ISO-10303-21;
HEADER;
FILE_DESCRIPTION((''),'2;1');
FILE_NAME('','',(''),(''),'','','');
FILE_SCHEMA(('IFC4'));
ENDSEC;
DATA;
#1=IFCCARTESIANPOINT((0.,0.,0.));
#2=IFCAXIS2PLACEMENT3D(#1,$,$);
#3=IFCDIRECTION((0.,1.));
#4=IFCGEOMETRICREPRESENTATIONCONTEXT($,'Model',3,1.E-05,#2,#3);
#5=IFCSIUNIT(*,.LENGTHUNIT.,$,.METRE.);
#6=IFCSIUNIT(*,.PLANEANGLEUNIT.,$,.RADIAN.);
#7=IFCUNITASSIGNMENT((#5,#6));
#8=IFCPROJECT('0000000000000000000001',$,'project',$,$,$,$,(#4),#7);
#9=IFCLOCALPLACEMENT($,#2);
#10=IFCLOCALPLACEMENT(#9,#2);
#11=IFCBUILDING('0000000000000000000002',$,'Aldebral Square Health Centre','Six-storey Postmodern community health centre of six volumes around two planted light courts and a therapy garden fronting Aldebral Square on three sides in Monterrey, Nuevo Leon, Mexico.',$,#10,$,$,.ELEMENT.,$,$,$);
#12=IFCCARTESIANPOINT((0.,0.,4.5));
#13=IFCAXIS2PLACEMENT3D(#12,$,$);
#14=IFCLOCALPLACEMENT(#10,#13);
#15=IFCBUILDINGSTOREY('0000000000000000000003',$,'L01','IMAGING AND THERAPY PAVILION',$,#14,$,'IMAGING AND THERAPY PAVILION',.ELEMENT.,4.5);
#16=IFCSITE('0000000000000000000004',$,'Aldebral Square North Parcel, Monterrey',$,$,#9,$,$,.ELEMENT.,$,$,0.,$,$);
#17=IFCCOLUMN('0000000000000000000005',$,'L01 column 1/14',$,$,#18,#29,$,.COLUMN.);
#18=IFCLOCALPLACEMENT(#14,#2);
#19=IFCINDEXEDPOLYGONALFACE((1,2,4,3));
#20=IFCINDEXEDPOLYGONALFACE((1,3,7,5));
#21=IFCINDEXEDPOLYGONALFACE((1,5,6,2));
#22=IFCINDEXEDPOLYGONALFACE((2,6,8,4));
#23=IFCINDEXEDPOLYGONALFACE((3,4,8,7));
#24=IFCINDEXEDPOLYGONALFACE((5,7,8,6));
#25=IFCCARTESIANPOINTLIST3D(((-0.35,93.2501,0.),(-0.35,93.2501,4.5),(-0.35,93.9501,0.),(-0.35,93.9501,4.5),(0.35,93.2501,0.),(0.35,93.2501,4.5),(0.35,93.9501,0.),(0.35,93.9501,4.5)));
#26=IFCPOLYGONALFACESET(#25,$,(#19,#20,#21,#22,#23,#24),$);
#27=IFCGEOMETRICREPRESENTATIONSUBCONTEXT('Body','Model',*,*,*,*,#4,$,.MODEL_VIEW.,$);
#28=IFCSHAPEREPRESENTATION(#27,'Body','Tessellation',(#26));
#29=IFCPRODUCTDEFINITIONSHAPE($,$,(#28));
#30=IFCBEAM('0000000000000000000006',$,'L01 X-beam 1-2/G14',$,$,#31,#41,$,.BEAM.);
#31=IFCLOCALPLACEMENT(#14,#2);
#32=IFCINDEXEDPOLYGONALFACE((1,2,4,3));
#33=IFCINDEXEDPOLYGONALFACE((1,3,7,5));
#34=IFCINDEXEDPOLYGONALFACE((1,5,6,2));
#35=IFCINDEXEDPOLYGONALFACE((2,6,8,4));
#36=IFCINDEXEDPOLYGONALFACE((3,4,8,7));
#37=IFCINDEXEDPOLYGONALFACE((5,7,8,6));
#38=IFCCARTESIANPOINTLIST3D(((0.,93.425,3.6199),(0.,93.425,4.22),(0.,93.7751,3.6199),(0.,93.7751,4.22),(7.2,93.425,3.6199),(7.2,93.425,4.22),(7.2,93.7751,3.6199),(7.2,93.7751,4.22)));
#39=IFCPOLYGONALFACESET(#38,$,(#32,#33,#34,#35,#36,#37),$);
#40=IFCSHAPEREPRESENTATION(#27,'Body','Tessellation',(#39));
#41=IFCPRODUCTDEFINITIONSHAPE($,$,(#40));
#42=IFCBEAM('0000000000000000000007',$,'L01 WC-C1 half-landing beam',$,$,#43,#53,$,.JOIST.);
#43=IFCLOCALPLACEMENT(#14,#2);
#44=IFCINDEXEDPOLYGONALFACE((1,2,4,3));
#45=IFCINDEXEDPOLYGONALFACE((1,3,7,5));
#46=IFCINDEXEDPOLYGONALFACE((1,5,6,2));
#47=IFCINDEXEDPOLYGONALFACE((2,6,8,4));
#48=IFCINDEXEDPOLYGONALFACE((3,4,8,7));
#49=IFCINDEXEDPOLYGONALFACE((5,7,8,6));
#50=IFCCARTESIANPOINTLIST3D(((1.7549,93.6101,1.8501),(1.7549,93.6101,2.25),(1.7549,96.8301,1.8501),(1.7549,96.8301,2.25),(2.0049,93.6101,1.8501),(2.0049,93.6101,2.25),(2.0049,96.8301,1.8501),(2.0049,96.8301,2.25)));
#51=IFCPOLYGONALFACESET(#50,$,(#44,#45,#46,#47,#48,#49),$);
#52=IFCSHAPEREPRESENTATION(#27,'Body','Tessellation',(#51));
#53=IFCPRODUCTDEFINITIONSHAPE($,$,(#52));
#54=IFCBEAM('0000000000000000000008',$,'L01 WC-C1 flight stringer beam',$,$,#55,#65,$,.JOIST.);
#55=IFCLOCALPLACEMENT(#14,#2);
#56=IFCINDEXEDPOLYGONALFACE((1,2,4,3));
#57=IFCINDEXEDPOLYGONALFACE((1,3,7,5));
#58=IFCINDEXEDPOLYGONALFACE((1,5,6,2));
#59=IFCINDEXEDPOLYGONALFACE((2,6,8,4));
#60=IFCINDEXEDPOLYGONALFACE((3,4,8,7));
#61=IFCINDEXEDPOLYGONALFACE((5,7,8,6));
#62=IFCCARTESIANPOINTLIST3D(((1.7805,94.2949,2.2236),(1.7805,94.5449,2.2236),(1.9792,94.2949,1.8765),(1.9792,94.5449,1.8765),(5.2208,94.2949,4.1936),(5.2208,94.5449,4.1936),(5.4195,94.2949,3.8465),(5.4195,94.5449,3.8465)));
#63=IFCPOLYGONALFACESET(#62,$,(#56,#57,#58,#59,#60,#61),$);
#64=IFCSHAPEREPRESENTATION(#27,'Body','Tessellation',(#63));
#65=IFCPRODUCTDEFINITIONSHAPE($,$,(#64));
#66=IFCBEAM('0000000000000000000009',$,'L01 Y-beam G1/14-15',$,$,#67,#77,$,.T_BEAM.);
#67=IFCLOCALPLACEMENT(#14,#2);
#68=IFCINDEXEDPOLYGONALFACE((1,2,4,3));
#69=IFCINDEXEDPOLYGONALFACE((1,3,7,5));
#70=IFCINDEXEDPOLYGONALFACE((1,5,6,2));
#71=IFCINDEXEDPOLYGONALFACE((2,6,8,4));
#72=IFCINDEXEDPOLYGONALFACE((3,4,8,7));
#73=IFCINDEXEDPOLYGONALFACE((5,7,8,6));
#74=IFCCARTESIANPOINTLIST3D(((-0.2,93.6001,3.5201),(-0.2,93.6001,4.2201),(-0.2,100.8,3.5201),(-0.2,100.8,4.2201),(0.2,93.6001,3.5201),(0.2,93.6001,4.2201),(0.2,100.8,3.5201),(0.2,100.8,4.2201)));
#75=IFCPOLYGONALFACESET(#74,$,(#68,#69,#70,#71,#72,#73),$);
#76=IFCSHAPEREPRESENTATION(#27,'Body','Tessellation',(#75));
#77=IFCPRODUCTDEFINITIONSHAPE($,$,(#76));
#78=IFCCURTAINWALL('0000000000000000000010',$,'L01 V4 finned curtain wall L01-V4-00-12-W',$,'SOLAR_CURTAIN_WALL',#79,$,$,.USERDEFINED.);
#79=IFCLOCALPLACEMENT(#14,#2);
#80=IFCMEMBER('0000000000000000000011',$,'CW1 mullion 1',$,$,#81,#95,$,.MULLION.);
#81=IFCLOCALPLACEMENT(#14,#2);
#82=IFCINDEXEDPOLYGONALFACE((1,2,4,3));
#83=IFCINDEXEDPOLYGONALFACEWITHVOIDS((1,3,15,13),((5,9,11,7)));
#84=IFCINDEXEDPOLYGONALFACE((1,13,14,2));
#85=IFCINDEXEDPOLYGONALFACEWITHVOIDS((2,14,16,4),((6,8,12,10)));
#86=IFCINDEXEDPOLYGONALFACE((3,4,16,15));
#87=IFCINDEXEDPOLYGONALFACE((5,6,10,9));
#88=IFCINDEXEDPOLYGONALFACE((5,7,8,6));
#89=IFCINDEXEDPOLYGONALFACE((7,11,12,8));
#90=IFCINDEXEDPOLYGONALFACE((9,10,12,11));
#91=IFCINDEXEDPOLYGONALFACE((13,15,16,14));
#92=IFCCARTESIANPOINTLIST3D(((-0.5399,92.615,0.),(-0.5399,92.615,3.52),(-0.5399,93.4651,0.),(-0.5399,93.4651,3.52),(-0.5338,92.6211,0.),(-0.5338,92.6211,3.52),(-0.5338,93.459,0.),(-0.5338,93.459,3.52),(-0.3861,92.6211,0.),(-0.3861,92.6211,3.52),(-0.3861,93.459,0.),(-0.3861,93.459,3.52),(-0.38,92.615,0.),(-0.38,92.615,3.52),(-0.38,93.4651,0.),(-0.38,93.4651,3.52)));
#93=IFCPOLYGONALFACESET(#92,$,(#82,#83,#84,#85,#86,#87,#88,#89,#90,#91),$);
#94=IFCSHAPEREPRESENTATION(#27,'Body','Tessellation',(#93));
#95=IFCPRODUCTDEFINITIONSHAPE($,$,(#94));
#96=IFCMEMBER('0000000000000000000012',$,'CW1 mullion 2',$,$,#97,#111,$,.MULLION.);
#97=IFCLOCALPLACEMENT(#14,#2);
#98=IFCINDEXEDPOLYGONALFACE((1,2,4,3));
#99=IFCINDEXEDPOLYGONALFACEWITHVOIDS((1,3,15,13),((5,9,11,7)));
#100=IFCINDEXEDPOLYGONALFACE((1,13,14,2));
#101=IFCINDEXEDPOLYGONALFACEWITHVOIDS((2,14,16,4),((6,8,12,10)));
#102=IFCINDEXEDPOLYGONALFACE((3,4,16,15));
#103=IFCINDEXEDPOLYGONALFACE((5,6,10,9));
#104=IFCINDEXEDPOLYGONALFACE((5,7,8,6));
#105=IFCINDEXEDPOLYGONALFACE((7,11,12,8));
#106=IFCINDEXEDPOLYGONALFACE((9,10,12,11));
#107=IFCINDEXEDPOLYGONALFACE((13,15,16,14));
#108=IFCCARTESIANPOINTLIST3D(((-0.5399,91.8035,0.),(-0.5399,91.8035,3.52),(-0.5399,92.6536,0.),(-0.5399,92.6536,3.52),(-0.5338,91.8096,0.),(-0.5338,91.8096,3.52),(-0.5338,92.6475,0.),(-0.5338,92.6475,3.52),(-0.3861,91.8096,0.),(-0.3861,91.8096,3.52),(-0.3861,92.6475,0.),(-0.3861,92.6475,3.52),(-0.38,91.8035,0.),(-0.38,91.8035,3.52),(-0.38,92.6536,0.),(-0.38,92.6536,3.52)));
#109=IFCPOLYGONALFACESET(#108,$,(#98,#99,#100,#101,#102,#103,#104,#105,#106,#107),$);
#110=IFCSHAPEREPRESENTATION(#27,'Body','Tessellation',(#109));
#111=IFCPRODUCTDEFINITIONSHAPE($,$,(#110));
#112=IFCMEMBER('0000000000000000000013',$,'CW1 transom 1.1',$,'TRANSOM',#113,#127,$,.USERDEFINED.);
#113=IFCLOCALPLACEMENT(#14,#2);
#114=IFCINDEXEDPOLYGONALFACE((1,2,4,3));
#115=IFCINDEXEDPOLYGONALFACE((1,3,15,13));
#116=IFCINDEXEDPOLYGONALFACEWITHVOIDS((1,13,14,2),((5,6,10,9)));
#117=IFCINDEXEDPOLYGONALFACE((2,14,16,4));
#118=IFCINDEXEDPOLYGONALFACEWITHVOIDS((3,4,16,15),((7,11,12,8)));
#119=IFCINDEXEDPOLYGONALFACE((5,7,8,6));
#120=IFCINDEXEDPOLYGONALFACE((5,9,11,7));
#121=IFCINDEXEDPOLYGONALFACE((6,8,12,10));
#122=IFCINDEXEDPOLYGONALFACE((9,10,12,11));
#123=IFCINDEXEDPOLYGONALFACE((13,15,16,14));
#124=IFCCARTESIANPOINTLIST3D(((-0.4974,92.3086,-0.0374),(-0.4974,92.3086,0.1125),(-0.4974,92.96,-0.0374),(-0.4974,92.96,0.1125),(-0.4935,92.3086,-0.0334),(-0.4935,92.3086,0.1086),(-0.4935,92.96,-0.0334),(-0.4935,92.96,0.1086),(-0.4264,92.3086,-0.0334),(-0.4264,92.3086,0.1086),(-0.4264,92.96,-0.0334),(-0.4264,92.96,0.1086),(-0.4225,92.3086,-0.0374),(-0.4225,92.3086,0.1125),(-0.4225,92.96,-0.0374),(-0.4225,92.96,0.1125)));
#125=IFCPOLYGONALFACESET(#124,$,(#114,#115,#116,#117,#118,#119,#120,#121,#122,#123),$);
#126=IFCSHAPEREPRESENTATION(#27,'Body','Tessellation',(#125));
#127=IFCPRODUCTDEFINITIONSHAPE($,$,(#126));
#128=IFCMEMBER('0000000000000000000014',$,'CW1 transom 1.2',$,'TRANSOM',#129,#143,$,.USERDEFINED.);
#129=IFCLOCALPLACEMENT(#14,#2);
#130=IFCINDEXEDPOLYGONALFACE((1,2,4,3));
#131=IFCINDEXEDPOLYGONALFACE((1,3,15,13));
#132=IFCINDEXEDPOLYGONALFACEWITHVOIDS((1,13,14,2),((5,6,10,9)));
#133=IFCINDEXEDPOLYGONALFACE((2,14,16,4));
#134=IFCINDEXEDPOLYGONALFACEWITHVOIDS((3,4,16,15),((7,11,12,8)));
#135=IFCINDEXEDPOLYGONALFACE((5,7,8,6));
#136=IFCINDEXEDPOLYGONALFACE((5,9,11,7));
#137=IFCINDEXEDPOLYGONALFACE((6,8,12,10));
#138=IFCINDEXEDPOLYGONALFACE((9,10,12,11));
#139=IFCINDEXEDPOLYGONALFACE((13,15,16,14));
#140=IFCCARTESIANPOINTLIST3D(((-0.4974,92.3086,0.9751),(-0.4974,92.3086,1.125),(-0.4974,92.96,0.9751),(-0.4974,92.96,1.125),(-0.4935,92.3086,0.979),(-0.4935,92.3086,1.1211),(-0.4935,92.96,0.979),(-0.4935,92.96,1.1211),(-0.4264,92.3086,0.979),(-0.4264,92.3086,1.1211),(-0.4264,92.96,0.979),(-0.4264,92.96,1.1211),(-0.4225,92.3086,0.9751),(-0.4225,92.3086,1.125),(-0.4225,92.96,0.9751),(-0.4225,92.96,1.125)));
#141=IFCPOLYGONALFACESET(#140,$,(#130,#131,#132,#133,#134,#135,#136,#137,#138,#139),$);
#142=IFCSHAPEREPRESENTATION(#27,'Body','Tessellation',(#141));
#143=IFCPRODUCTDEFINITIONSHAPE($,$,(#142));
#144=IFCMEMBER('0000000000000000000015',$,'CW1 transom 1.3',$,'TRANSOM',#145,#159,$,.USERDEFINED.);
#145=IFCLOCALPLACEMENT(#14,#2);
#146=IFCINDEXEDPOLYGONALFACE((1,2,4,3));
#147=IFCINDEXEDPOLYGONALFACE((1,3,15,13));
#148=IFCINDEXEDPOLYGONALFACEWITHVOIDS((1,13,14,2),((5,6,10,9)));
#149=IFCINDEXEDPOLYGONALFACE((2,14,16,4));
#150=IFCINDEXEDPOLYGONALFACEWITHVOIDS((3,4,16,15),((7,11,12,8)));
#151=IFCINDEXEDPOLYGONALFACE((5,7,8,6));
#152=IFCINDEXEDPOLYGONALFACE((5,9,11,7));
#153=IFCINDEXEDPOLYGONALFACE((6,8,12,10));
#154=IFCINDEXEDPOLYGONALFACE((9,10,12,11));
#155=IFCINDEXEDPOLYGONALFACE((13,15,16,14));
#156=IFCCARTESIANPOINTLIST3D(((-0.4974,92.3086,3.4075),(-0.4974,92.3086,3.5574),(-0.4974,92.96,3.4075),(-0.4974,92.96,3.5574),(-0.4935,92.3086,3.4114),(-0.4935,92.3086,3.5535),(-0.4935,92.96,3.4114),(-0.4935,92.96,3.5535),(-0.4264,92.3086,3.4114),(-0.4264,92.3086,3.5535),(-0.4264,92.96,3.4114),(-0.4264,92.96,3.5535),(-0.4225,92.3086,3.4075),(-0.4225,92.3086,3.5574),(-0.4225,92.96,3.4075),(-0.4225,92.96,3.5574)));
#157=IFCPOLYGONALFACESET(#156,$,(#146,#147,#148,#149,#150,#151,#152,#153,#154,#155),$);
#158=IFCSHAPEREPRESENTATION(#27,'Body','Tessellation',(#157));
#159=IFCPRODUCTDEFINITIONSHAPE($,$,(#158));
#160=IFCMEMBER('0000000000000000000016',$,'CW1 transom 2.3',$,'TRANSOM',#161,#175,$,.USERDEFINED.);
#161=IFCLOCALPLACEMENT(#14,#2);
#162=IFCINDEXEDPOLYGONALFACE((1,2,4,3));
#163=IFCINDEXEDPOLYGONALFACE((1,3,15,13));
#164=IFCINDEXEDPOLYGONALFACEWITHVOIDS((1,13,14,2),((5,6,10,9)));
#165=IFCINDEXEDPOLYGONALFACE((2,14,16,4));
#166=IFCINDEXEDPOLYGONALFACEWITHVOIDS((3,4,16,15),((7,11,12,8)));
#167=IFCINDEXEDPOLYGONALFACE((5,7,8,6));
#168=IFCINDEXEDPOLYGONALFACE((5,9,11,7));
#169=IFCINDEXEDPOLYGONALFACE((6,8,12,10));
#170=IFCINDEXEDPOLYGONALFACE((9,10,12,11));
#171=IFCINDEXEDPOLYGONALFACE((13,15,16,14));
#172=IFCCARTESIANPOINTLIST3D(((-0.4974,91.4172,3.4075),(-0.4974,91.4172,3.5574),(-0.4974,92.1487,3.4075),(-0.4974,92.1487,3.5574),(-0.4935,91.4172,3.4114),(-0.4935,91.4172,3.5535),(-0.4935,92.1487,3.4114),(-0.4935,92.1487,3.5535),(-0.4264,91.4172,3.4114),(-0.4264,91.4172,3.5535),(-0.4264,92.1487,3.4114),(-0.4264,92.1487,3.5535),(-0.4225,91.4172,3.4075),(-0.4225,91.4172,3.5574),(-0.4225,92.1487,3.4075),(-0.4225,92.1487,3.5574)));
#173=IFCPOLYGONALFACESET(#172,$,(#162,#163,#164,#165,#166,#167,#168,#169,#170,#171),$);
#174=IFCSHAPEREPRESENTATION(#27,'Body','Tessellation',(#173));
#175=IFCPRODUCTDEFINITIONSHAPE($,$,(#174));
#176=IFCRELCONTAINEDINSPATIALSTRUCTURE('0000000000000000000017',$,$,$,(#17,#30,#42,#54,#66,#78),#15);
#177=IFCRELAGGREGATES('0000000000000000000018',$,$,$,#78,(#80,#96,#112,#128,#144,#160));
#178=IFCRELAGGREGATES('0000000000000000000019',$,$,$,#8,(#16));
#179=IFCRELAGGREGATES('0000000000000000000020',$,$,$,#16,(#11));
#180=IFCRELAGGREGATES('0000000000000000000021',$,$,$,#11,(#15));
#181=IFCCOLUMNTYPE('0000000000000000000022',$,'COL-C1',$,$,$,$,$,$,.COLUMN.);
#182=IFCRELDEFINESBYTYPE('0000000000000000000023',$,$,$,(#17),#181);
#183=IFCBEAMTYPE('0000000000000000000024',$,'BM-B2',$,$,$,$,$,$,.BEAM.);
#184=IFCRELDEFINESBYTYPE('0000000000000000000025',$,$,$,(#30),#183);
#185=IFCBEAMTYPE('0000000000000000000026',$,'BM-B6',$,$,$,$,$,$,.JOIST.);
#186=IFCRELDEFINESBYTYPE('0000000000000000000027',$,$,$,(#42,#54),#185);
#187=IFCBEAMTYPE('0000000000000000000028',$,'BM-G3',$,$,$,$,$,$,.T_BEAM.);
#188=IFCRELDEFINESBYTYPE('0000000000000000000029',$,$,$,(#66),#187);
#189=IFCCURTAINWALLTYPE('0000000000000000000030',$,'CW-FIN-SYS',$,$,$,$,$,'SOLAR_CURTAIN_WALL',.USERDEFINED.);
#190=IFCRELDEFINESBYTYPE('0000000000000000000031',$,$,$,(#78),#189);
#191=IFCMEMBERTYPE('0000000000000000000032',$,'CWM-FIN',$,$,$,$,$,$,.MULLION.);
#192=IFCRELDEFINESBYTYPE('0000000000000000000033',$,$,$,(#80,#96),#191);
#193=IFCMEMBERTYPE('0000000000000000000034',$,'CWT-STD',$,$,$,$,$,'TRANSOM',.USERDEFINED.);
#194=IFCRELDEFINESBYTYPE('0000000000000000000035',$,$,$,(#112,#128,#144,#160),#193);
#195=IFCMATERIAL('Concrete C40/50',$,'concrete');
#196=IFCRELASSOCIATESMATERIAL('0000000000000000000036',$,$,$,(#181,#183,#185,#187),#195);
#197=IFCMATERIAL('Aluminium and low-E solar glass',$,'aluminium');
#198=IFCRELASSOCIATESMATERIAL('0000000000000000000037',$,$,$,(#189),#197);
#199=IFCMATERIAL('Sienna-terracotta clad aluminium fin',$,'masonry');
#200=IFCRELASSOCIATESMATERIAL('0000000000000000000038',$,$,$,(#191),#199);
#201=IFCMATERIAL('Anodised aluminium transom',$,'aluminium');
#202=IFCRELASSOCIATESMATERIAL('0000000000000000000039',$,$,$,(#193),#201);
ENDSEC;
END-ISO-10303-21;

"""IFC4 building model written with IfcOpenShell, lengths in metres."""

from ifc_helpers import new_model, si_unit, direction, frame, origin, origin_2d, place, context, subcontext, project, spatial, rectangle, hollow_rectangle, extrude, material, material_profile, profile_set, type_object, element, aggregate, save


model = new_model("IFC4")

# Units and contexts
model_context = context("Model", 3, precision=1e-05, world=origin(), true_north=direction((0.0, 1.0)))
body_context = subcontext(model_context, "Body", "Model", "MODEL_VIEW")
ifc_project = project(units=[si_unit("LENGTHUNIT", "METRE"), si_unit("PLANEANGLEUNIT", "RADIAN")], contexts=[model_context])

# Site, building, storey
site_placement = place(None, origin())
site = spatial("IfcSite", under=ifc_project, at=site_placement, Name="Aldebral Square North Parcel, Monterrey", CompositionType="ELEMENT", RefElevation=0.0)
building_placement = place(site_placement, origin())
building = spatial("IfcBuilding", under=site, at=building_placement, Name="Aldebral Square Health Centre", Description="Six-storey Postmodern community health centre of six volumes around two planted light courts and a therapy garden fronting Aldebral Square on three sides in Monterrey, Nuevo Leon, Mexico.", CompositionType="ELEMENT")
storey_placement = place(building_placement, frame((0.0, 0.0, 4.5)))
storey = spatial("IfcBuildingStorey", under=building, at=storey_placement, Name="L01", Description="IMAGING AND THERAPY PAVILION", LongName="IMAGING AND THERAPY PAVILION", CompositionType="ELEMENT", Elevation=4.5)

# Column
ifc_material_1 = material(Name="Concrete C40/50", Category="concrete")
ifc_material_profile_1 = material_profile(ifc_material_1, rectangle(XDim=0.7, YDim=0.7, at=origin_2d()), Name="RC 700x700")
ifc_profile_set_1 = profile_set([ifc_material_profile_1], Name="Concrete C40/50")
column_type = type_object("IfcColumnType", Name="COL-C1", PredefinedType="COLUMN", material=ifc_profile_set_1)
column_placement = place(storey_placement, frame((0.0, 93.6001, 0.0), z_axis=(0.0, 0.0, 1.0), x_axis=(1.0, 0.0, 0.0)))
element("IfcColumn", 1, at=column_placement, inside=storey, type_object=column_type, Name="L01 column 1/14", PredefinedType="COLUMN", context=body_context, shape_type="SweptSolid", body=[
    extrude(rectangle(XDim=0.7, YDim=0.7, at=origin_2d()), origin(), (0.0, 0.0, 1.0), 4.5),
])

# Beams
ifc_material_profile_2 = material_profile(ifc_material_1, rectangle(XDim=0.3501, YDim=0.6001, at=origin_2d()), Name="RC 350x600")
ifc_profile_set_2 = profile_set([ifc_material_profile_2], Name="Concrete C40/50")
beam_type_1 = type_object("IfcBeamType", Name="BM-B2", PredefinedType="BEAM", material=ifc_profile_set_2)
beam_1_placement = place(storey_placement, frame((0.0, 93.6001, 3.9199), z_axis=(1.0, 0.0, 0.0), x_axis=(0.0, 1.0, 0.0)))
element("IfcBeam", 2, at=beam_1_placement, inside=storey, type_object=beam_type_1, Name="L01 X-beam 1-2/G14", PredefinedType="BEAM", context=body_context, shape_type="SweptSolid", body=[
    extrude(rectangle(XDim=0.3501, YDim=0.6001, at=origin_2d()), origin(), (0.0, 0.0, 1.0), 7.2),
])
ifc_material_profile_3 = material_profile(ifc_material_1, rectangle(XDim=0.25, YDim=0.3999, at=origin_2d()), Name="RC 250x400")
ifc_profile_set_3 = profile_set([ifc_material_profile_3], Name="Concrete C40/50")
beam_type_2 = type_object("IfcBeamType", Name="BM-B6", PredefinedType="JOIST", material=ifc_profile_set_3)
beam_2_placement = place(storey_placement, frame((1.8799, 93.6101, 2.05), z_axis=(0.0, 1.0, 0.0), x_axis=(-1.0, 0.0, 0.0)))
element("IfcBeam", 3, at=beam_2_placement, inside=storey, type_object=beam_type_2, Name="L01 WC-C1 half-landing beam", PredefinedType="JOIST", context=body_context, shape_type="SweptSolid", body=[
    extrude(rectangle(XDim=0.25, YDim=0.3999, at=origin_2d()), origin(), (0.0, 0.0, 1.0), 3.22),
])
beam_3_placement = place(storey_placement, frame((1.8799, 94.4199, 2.05), z_axis=(0.867792, 0.0, 0.496928), x_axis=(0.0, 1.0, 0.0)))
element("IfcBeam", 4, at=beam_3_placement, inside=storey, type_object=beam_type_2, Name="L01 WC-C1 flight stringer beam", PredefinedType="JOIST", context=body_context, shape_type="SweptSolid", body=[
    extrude(rectangle(XDim=0.25, YDim=0.3999, at=origin_2d()), origin(), (0.0, 0.0, 1.0), 3.9644),
])
ifc_material_profile_4 = material_profile(ifc_material_1, rectangle(XDim=0.3999, YDim=0.7, at=origin_2d()), Name="RC 400x700")
ifc_profile_set_4 = profile_set([ifc_material_profile_4], Name="Concrete C40/50")
beam_type_3 = type_object("IfcBeamType", Name="BM-G3", PredefinedType="T_BEAM", material=ifc_profile_set_4)
beam_4_placement = place(storey_placement, frame((0.0, 93.6001, 3.8701), z_axis=(0.0, 1.0, 0.0), x_axis=(-1.0, 0.0, 0.0)))
element("IfcBeam", 5, at=beam_4_placement, inside=storey, type_object=beam_type_3, Name="L01 Y-beam G1/14-15", PredefinedType="T_BEAM", context=body_context, shape_type="SweptSolid", body=[
    extrude(rectangle(XDim=0.3999, YDim=0.7, at=origin_2d()), origin(), (0.0, 0.0, 1.0), 7.2),
])

# Curtain wall, members
ifc_material_2 = material(Name="Aluminium and low-E solar glass", Category="aluminium")
curtain_wall_type = type_object("IfcCurtainWallType", Name="CW-FIN-SYS", ElementType="SOLAR_CURTAIN_WALL", PredefinedType="USERDEFINED", material=ifc_material_2)
curtain_wall_placement = place(storey_placement, origin())
curtain_wall = element("IfcCurtainWall", 6, at=curtain_wall_placement, inside=storey, type_object=curtain_wall_type, Name="L01 V4 finned curtain wall L01-V4-00-12-W", ObjectType="SOLAR_CURTAIN_WALL", PredefinedType="USERDEFINED")
ifc_material_3 = material(Name="Sienna-terracotta clad aluminium fin", Category="masonry")
ifc_material_profile_5 = material_profile(ifc_material_3, hollow_rectangle(XDim=0.1599, YDim=0.8501, WallThickness=0.0061, at=origin_2d()), Name="FIN 160x850x6")
ifc_profile_set_5 = profile_set([ifc_material_profile_5], Name="Sienna-terracotta clad aluminium fin")
member_type_1 = type_object("IfcMemberType", Name="CWM-FIN", PredefinedType="MULLION", material=ifc_profile_set_5)
member_1_placement = place(storey_placement, frame((-0.46, 93.04, 0.0), z_axis=(0.0, 0.0, 1.0), x_axis=(1.0, 0.0, 0.0)))
member_1 = element("IfcMember", 7, at=member_1_placement, type_object=member_type_1, Name="CW1 mullion 1", PredefinedType="MULLION", context=body_context, shape_type="SweptSolid", body=[
    extrude(hollow_rectangle(XDim=0.1599, YDim=0.8501, WallThickness=0.0061, at=origin_2d()), origin(), (0.0, 0.0, 1.0), 3.52),
])
member_2_placement = place(storey_placement, frame((-0.46, 92.2285, 0.0), z_axis=(0.0, 0.0, 1.0), x_axis=(1.0, 0.0, 0.0)))
member_2 = element("IfcMember", 8, at=member_2_placement, type_object=member_type_1, Name="CW1 mullion 2", PredefinedType="MULLION", context=body_context, shape_type="SweptSolid", body=[
    extrude(hollow_rectangle(XDim=0.1599, YDim=0.8501, WallThickness=0.0061, at=origin_2d()), origin(), (0.0, 0.0, 1.0), 3.52),
])
ifc_material_4 = material(Name="Anodised aluminium transom", Category="aluminium")
ifc_material_profile_6 = material_profile(ifc_material_4, hollow_rectangle(XDim=0.075, YDim=0.1499, WallThickness=0.0039, at=origin_2d()), Name="CWT 75x150x4")
ifc_profile_set_6 = profile_set([ifc_material_profile_6], Name="Anodised aluminium transom")
member_type_2 = type_object("IfcMemberType", Name="CWT-STD", ElementType="TRANSOM", PredefinedType="USERDEFINED", material=ifc_profile_set_6)
member_3_placement = place(storey_placement, frame((-0.46, 92.96, 0.0376), z_axis=(0.0, -1.0, 0.0), x_axis=(1.0, 0.0, 0.0)))
member_3 = element("IfcMember", 9, at=member_3_placement, type_object=member_type_2, Name="CW1 transom 1.1", ObjectType="TRANSOM", PredefinedType="USERDEFINED", context=body_context, shape_type="SweptSolid", body=[
    extrude(hollow_rectangle(XDim=0.075, YDim=0.1499, WallThickness=0.0039, at=origin_2d()), origin(), (0.0, 0.0, 1.0), 0.6514),
])
member_4_placement = place(storey_placement, frame((-0.46, 92.96, 1.05), z_axis=(0.0, -1.0, 0.0), x_axis=(1.0, 0.0, 0.0)))
member_4 = element("IfcMember", 10, at=member_4_placement, type_object=member_type_2, Name="CW1 transom 1.2", ObjectType="TRANSOM", PredefinedType="USERDEFINED", context=body_context, shape_type="SweptSolid", body=[
    extrude(hollow_rectangle(XDim=0.075, YDim=0.1499, WallThickness=0.0039, at=origin_2d()), origin(), (0.0, 0.0, 1.0), 0.6514),
])
member_5_placement = place(storey_placement, frame((-0.46, 92.96, 3.4824), z_axis=(0.0, -1.0, 0.0), x_axis=(1.0, 0.0, 0.0)))
member_5 = element("IfcMember", 11, at=member_5_placement, type_object=member_type_2, Name="CW1 transom 1.3", ObjectType="TRANSOM", PredefinedType="USERDEFINED", context=body_context, shape_type="SweptSolid", body=[
    extrude(hollow_rectangle(XDim=0.075, YDim=0.1499, WallThickness=0.0039, at=origin_2d()), origin(), (0.0, 0.0, 1.0), 0.6514),
])
member_6_placement = place(storey_placement, frame((-0.46, 92.1487, 3.4824), z_axis=(0.0, -1.0, 0.0), x_axis=(1.0, 0.0, 0.0)))
member_6 = element("IfcMember", 12, at=member_6_placement, type_object=member_type_2, Name="CW1 transom 2.3", ObjectType="TRANSOM", PredefinedType="USERDEFINED", context=body_context, shape_type="SweptSolid", body=[
    extrude(hollow_rectangle(XDim=0.075, YDim=0.1499, WallThickness=0.0039, at=origin_2d()), origin(), (0.0, 0.0, 1.0), 0.7314),
])
aggregate(curtain_wall, [member_1, member_2, member_3, member_4, member_5, member_6])

save(model, "model.ifc")
